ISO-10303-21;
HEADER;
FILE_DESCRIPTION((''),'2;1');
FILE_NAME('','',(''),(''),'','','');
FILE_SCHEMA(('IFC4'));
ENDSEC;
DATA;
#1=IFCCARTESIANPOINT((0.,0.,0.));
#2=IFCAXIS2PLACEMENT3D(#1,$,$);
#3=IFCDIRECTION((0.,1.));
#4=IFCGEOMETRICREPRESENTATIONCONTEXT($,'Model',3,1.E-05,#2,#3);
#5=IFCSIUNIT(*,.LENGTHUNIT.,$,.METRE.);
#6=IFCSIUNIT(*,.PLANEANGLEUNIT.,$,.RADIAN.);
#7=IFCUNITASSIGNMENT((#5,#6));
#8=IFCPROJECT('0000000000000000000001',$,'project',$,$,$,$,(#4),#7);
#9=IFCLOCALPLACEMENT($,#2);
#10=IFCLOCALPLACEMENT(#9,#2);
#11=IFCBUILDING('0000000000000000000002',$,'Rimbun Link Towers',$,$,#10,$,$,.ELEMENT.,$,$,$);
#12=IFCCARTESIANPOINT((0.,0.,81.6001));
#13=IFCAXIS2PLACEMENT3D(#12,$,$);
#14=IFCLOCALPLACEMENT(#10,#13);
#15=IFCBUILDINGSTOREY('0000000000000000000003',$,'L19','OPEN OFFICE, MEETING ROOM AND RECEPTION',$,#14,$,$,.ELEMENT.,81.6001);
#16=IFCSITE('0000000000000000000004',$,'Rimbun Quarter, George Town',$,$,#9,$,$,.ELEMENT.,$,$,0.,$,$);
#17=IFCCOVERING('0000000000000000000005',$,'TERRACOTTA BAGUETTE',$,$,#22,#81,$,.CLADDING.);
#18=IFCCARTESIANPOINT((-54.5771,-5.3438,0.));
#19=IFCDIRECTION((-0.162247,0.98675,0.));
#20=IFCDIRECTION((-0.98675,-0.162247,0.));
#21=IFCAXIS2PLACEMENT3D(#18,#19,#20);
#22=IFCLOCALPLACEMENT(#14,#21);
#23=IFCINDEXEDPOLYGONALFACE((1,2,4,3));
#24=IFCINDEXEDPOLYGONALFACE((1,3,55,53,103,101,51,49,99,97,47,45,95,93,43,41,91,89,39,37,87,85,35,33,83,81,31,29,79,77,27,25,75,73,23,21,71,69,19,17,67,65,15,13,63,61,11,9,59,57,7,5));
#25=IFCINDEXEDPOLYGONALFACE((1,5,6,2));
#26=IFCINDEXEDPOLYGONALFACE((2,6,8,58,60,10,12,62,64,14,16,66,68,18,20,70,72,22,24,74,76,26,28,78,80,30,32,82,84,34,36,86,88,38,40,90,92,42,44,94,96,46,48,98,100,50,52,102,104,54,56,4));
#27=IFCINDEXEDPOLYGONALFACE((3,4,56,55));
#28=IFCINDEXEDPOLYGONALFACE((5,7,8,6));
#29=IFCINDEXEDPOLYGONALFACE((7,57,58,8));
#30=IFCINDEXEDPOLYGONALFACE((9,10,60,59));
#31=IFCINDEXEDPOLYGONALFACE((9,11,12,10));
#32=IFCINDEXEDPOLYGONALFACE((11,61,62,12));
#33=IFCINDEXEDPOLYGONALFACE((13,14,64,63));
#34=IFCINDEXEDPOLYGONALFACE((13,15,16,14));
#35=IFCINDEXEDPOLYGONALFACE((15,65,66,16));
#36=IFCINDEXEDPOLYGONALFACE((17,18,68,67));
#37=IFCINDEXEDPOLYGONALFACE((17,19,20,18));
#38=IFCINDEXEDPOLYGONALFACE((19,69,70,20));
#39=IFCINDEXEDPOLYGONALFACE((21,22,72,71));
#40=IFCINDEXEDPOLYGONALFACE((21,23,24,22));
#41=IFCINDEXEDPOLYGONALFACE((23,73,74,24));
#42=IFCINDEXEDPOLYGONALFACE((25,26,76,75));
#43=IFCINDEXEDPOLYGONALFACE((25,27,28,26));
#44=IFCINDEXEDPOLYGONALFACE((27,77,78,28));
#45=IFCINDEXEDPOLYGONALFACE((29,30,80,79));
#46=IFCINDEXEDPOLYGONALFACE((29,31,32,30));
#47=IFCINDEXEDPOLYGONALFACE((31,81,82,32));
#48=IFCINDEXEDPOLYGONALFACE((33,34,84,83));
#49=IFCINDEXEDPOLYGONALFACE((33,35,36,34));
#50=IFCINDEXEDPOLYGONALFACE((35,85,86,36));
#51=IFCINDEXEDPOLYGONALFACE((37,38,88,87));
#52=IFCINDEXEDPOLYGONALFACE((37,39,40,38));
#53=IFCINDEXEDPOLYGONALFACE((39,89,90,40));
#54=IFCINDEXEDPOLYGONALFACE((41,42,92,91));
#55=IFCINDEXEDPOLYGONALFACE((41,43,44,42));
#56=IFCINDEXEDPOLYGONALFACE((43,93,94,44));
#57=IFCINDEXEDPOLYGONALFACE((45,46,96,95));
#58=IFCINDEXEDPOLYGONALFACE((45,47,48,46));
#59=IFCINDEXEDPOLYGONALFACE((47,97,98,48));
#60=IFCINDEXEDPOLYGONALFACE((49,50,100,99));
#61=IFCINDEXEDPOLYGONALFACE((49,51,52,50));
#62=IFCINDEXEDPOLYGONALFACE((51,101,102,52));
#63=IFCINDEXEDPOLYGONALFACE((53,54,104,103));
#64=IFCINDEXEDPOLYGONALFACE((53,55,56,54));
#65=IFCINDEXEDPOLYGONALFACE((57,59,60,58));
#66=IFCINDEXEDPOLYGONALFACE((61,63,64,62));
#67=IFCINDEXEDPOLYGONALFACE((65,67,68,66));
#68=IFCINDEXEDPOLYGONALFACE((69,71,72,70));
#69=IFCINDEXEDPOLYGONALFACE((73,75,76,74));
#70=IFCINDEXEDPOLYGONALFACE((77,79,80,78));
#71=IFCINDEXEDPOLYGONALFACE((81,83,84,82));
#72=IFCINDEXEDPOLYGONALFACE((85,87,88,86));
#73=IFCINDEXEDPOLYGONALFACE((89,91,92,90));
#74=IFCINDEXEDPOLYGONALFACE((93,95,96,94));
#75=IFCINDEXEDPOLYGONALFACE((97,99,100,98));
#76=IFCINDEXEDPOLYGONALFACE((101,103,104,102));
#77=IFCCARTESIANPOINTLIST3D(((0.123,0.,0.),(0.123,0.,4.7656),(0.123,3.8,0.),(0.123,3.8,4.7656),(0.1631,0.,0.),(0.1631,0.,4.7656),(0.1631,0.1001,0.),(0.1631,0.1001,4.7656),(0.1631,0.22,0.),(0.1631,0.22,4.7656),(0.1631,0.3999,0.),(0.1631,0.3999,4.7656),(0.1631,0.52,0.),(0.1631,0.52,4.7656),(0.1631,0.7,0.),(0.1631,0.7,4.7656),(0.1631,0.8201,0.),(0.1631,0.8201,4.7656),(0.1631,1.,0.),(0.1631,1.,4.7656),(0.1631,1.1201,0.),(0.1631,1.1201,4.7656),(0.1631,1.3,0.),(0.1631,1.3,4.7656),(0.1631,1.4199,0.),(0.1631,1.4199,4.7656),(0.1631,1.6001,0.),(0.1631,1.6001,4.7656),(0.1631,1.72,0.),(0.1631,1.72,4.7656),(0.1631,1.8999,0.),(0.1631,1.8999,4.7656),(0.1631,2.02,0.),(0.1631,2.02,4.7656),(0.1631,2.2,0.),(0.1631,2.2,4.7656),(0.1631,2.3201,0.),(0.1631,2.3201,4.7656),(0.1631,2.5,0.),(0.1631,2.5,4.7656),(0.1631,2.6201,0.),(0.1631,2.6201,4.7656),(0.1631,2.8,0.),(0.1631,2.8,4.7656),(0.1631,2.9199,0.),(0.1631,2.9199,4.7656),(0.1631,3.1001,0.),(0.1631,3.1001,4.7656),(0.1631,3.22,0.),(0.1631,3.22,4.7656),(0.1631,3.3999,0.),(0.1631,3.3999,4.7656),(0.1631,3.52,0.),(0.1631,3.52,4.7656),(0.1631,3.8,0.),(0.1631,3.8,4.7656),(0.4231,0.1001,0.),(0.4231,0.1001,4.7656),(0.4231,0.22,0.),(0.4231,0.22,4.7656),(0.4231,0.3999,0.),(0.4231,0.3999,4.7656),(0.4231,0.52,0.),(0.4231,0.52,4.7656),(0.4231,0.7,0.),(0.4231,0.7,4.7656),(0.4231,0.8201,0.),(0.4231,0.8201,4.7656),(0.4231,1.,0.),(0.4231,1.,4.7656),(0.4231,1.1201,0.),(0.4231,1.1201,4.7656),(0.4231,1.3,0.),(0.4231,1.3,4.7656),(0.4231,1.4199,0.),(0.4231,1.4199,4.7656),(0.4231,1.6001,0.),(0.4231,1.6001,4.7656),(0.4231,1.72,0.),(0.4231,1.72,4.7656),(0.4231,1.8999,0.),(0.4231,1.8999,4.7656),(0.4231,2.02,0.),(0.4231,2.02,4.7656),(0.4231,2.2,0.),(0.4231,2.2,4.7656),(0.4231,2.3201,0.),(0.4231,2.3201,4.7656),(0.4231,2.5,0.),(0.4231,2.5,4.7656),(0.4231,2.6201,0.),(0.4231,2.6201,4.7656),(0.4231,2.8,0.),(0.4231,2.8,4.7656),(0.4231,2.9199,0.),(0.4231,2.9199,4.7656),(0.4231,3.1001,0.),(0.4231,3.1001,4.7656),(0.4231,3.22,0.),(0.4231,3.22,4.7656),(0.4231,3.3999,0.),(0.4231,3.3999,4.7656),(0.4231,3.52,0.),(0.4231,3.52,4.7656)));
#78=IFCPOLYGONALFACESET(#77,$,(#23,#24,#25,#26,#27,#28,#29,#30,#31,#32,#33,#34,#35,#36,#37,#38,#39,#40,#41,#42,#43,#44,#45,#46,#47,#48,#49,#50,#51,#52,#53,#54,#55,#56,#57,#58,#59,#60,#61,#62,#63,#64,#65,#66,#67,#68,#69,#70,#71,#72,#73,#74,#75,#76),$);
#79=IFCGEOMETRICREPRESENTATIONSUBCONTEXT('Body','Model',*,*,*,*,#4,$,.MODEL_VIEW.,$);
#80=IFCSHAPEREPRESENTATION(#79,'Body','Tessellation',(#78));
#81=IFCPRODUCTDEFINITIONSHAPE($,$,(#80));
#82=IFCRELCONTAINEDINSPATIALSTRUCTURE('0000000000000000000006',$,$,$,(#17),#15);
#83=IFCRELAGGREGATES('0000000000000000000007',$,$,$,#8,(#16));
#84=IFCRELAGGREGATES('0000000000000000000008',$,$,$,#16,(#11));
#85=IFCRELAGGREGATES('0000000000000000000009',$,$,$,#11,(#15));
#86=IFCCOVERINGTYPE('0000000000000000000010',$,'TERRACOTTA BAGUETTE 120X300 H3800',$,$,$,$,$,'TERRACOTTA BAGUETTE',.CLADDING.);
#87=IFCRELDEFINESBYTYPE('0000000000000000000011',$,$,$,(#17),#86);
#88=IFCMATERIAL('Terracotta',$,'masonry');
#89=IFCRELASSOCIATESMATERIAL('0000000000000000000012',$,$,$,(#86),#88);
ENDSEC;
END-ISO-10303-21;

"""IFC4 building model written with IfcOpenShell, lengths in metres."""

from ifc_helpers import new_model, si_unit, direction, frame, origin, place, context, subcontext, project, spatial, polyline, outline, extrude, material, material_profile, profile_set, type_object, element, save


model = new_model("IFC4")

# Units and contexts
model_context = context("Model", 3, precision=1e-05, world=origin(), true_north=direction((0.0, 1.0)))
body_context = subcontext(model_context, "Body", "Model", "MODEL_VIEW")
ifc_project = project(units=[si_unit("LENGTHUNIT", "METRE"), si_unit("PLANEANGLEUNIT", "RADIAN")], contexts=[model_context])

# Site, building, storey
site_placement = place(None, origin())
site = spatial("IfcSite", under=ifc_project, at=site_placement, Name="Rimbun Quarter, George Town", CompositionType="ELEMENT", RefElevation=0.0)
building_placement = place(site_placement, origin())
building = spatial("IfcBuilding", under=site, at=building_placement, Name="Rimbun Link Towers", CompositionType="ELEMENT")
storey_placement = place(building_placement, frame((0.0, 0.0, 81.6001)))
storey = spatial("IfcBuildingStorey", under=building, at=storey_placement, Name="L19", Description="OPEN OFFICE, MEETING ROOM AND RECEPTION", CompositionType="ELEMENT", Elevation=81.6001)

# Covering
ifc_material_1 = material(Name="Terracotta", Category="masonry")
ifc_material_profile_1 = material_profile(ifc_material_1, outline(polyline([(0.123, 0.0), (0.1631, 0.0), (0.1631, 0.1001), (0.4231, 0.1001), (0.4231, 0.22), (0.1631, 0.22), (0.1631, 0.3999), (0.4231, 0.3999), (0.4231, 0.52), (0.1631, 0.52), (0.1631, 0.7), (0.4231, 0.7), (0.4231, 0.8201), (0.1631, 0.8201), (0.1631, 1.0), (0.4231, 1.0), (0.4231, 1.1201), (0.1631, 1.1201), (0.1631, 1.3), (0.4231, 1.3), (0.4231, 1.4199), (0.1631, 1.4199), (0.1631, 1.6001), (0.4231, 1.6001), (0.4231, 1.72), (0.1631, 1.72), (0.1631, 1.8999), (0.4231, 1.8999), (0.4231, 2.02), (0.1631, 2.02), (0.1631, 2.2), (0.4231, 2.2), (0.4231, 2.3201), (0.1631, 2.3201), (0.1631, 2.5), (0.4231, 2.5), (0.4231, 2.6201), (0.1631, 2.6201), (0.1631, 2.8), (0.4231, 2.8), (0.4231, 2.9199), (0.1631, 2.9199), (0.1631, 3.1001), (0.4231, 3.1001), (0.4231, 3.22), (0.1631, 3.22), (0.1631, 3.3999), (0.4231, 3.3999), (0.4231, 3.52), (0.1631, 3.52), (0.1631, 3.8), (0.123, 3.8), (0.123, 0.0)])), Name="BAGUETTE 120X300")
ifc_profile_set_1 = profile_set([ifc_material_profile_1], Name="Terracotta")
covering_type = type_object("IfcCoveringType", Name="TERRACOTTA BAGUETTE 120X300 H3800", ElementType="TERRACOTTA BAGUETTE", PredefinedType="CLADDING", material=ifc_profile_set_1)
covering_1_placement = place(storey_placement, frame((-54.5771, -5.3438, 0.0), z_axis=(-0.162247, 0.98675, 0.0), x_axis=(-0.98675, -0.162247, 0.0)))
element("IfcCovering", 1, at=covering_1_placement, inside=storey, type_object=covering_type, Name="TERRACOTTA BAGUETTE", PredefinedType="CLADDING", context=body_context, shape_type="SweptSolid", body=[
    extrude(outline(polyline([(0.123, 0.0), (0.1631, 0.0), (0.1631, 0.1001), (0.4231, 0.1001), (0.4231, 0.22), (0.1631, 0.22), (0.1631, 0.3999), (0.4231, 0.3999), (0.4231, 0.52), (0.1631, 0.52), (0.1631, 0.7), (0.4231, 0.7), (0.4231, 0.8201), (0.1631, 0.8201), (0.1631, 1.0), (0.4231, 1.0), (0.4231, 1.1201), (0.1631, 1.1201), (0.1631, 1.3), (0.4231, 1.3), (0.4231, 1.4199), (0.1631, 1.4199), (0.1631, 1.6001), (0.4231, 1.6001), (0.4231, 1.72), (0.1631, 1.72), (0.1631, 1.8999), (0.4231, 1.8999), (0.4231, 2.02), (0.1631, 2.02), (0.1631, 2.2), (0.4231, 2.2), (0.4231, 2.3201), (0.1631, 2.3201), (0.1631, 2.5), (0.4231, 2.5), (0.4231, 2.6201), (0.1631, 2.6201), (0.1631, 2.8), (0.4231, 2.8), (0.4231, 2.9199), (0.1631, 2.9199), (0.1631, 3.1001), (0.4231, 3.1001), (0.4231, 3.22), (0.1631, 3.22), (0.1631, 3.3999), (0.4231, 3.3999), (0.4231, 3.52), (0.1631, 3.52), (0.1631, 3.8), (0.123, 3.8), (0.123, 0.0)])), origin(), (0.0, 0.0, 1.0), 4.7656),
])

save(model, "model.ifc")
